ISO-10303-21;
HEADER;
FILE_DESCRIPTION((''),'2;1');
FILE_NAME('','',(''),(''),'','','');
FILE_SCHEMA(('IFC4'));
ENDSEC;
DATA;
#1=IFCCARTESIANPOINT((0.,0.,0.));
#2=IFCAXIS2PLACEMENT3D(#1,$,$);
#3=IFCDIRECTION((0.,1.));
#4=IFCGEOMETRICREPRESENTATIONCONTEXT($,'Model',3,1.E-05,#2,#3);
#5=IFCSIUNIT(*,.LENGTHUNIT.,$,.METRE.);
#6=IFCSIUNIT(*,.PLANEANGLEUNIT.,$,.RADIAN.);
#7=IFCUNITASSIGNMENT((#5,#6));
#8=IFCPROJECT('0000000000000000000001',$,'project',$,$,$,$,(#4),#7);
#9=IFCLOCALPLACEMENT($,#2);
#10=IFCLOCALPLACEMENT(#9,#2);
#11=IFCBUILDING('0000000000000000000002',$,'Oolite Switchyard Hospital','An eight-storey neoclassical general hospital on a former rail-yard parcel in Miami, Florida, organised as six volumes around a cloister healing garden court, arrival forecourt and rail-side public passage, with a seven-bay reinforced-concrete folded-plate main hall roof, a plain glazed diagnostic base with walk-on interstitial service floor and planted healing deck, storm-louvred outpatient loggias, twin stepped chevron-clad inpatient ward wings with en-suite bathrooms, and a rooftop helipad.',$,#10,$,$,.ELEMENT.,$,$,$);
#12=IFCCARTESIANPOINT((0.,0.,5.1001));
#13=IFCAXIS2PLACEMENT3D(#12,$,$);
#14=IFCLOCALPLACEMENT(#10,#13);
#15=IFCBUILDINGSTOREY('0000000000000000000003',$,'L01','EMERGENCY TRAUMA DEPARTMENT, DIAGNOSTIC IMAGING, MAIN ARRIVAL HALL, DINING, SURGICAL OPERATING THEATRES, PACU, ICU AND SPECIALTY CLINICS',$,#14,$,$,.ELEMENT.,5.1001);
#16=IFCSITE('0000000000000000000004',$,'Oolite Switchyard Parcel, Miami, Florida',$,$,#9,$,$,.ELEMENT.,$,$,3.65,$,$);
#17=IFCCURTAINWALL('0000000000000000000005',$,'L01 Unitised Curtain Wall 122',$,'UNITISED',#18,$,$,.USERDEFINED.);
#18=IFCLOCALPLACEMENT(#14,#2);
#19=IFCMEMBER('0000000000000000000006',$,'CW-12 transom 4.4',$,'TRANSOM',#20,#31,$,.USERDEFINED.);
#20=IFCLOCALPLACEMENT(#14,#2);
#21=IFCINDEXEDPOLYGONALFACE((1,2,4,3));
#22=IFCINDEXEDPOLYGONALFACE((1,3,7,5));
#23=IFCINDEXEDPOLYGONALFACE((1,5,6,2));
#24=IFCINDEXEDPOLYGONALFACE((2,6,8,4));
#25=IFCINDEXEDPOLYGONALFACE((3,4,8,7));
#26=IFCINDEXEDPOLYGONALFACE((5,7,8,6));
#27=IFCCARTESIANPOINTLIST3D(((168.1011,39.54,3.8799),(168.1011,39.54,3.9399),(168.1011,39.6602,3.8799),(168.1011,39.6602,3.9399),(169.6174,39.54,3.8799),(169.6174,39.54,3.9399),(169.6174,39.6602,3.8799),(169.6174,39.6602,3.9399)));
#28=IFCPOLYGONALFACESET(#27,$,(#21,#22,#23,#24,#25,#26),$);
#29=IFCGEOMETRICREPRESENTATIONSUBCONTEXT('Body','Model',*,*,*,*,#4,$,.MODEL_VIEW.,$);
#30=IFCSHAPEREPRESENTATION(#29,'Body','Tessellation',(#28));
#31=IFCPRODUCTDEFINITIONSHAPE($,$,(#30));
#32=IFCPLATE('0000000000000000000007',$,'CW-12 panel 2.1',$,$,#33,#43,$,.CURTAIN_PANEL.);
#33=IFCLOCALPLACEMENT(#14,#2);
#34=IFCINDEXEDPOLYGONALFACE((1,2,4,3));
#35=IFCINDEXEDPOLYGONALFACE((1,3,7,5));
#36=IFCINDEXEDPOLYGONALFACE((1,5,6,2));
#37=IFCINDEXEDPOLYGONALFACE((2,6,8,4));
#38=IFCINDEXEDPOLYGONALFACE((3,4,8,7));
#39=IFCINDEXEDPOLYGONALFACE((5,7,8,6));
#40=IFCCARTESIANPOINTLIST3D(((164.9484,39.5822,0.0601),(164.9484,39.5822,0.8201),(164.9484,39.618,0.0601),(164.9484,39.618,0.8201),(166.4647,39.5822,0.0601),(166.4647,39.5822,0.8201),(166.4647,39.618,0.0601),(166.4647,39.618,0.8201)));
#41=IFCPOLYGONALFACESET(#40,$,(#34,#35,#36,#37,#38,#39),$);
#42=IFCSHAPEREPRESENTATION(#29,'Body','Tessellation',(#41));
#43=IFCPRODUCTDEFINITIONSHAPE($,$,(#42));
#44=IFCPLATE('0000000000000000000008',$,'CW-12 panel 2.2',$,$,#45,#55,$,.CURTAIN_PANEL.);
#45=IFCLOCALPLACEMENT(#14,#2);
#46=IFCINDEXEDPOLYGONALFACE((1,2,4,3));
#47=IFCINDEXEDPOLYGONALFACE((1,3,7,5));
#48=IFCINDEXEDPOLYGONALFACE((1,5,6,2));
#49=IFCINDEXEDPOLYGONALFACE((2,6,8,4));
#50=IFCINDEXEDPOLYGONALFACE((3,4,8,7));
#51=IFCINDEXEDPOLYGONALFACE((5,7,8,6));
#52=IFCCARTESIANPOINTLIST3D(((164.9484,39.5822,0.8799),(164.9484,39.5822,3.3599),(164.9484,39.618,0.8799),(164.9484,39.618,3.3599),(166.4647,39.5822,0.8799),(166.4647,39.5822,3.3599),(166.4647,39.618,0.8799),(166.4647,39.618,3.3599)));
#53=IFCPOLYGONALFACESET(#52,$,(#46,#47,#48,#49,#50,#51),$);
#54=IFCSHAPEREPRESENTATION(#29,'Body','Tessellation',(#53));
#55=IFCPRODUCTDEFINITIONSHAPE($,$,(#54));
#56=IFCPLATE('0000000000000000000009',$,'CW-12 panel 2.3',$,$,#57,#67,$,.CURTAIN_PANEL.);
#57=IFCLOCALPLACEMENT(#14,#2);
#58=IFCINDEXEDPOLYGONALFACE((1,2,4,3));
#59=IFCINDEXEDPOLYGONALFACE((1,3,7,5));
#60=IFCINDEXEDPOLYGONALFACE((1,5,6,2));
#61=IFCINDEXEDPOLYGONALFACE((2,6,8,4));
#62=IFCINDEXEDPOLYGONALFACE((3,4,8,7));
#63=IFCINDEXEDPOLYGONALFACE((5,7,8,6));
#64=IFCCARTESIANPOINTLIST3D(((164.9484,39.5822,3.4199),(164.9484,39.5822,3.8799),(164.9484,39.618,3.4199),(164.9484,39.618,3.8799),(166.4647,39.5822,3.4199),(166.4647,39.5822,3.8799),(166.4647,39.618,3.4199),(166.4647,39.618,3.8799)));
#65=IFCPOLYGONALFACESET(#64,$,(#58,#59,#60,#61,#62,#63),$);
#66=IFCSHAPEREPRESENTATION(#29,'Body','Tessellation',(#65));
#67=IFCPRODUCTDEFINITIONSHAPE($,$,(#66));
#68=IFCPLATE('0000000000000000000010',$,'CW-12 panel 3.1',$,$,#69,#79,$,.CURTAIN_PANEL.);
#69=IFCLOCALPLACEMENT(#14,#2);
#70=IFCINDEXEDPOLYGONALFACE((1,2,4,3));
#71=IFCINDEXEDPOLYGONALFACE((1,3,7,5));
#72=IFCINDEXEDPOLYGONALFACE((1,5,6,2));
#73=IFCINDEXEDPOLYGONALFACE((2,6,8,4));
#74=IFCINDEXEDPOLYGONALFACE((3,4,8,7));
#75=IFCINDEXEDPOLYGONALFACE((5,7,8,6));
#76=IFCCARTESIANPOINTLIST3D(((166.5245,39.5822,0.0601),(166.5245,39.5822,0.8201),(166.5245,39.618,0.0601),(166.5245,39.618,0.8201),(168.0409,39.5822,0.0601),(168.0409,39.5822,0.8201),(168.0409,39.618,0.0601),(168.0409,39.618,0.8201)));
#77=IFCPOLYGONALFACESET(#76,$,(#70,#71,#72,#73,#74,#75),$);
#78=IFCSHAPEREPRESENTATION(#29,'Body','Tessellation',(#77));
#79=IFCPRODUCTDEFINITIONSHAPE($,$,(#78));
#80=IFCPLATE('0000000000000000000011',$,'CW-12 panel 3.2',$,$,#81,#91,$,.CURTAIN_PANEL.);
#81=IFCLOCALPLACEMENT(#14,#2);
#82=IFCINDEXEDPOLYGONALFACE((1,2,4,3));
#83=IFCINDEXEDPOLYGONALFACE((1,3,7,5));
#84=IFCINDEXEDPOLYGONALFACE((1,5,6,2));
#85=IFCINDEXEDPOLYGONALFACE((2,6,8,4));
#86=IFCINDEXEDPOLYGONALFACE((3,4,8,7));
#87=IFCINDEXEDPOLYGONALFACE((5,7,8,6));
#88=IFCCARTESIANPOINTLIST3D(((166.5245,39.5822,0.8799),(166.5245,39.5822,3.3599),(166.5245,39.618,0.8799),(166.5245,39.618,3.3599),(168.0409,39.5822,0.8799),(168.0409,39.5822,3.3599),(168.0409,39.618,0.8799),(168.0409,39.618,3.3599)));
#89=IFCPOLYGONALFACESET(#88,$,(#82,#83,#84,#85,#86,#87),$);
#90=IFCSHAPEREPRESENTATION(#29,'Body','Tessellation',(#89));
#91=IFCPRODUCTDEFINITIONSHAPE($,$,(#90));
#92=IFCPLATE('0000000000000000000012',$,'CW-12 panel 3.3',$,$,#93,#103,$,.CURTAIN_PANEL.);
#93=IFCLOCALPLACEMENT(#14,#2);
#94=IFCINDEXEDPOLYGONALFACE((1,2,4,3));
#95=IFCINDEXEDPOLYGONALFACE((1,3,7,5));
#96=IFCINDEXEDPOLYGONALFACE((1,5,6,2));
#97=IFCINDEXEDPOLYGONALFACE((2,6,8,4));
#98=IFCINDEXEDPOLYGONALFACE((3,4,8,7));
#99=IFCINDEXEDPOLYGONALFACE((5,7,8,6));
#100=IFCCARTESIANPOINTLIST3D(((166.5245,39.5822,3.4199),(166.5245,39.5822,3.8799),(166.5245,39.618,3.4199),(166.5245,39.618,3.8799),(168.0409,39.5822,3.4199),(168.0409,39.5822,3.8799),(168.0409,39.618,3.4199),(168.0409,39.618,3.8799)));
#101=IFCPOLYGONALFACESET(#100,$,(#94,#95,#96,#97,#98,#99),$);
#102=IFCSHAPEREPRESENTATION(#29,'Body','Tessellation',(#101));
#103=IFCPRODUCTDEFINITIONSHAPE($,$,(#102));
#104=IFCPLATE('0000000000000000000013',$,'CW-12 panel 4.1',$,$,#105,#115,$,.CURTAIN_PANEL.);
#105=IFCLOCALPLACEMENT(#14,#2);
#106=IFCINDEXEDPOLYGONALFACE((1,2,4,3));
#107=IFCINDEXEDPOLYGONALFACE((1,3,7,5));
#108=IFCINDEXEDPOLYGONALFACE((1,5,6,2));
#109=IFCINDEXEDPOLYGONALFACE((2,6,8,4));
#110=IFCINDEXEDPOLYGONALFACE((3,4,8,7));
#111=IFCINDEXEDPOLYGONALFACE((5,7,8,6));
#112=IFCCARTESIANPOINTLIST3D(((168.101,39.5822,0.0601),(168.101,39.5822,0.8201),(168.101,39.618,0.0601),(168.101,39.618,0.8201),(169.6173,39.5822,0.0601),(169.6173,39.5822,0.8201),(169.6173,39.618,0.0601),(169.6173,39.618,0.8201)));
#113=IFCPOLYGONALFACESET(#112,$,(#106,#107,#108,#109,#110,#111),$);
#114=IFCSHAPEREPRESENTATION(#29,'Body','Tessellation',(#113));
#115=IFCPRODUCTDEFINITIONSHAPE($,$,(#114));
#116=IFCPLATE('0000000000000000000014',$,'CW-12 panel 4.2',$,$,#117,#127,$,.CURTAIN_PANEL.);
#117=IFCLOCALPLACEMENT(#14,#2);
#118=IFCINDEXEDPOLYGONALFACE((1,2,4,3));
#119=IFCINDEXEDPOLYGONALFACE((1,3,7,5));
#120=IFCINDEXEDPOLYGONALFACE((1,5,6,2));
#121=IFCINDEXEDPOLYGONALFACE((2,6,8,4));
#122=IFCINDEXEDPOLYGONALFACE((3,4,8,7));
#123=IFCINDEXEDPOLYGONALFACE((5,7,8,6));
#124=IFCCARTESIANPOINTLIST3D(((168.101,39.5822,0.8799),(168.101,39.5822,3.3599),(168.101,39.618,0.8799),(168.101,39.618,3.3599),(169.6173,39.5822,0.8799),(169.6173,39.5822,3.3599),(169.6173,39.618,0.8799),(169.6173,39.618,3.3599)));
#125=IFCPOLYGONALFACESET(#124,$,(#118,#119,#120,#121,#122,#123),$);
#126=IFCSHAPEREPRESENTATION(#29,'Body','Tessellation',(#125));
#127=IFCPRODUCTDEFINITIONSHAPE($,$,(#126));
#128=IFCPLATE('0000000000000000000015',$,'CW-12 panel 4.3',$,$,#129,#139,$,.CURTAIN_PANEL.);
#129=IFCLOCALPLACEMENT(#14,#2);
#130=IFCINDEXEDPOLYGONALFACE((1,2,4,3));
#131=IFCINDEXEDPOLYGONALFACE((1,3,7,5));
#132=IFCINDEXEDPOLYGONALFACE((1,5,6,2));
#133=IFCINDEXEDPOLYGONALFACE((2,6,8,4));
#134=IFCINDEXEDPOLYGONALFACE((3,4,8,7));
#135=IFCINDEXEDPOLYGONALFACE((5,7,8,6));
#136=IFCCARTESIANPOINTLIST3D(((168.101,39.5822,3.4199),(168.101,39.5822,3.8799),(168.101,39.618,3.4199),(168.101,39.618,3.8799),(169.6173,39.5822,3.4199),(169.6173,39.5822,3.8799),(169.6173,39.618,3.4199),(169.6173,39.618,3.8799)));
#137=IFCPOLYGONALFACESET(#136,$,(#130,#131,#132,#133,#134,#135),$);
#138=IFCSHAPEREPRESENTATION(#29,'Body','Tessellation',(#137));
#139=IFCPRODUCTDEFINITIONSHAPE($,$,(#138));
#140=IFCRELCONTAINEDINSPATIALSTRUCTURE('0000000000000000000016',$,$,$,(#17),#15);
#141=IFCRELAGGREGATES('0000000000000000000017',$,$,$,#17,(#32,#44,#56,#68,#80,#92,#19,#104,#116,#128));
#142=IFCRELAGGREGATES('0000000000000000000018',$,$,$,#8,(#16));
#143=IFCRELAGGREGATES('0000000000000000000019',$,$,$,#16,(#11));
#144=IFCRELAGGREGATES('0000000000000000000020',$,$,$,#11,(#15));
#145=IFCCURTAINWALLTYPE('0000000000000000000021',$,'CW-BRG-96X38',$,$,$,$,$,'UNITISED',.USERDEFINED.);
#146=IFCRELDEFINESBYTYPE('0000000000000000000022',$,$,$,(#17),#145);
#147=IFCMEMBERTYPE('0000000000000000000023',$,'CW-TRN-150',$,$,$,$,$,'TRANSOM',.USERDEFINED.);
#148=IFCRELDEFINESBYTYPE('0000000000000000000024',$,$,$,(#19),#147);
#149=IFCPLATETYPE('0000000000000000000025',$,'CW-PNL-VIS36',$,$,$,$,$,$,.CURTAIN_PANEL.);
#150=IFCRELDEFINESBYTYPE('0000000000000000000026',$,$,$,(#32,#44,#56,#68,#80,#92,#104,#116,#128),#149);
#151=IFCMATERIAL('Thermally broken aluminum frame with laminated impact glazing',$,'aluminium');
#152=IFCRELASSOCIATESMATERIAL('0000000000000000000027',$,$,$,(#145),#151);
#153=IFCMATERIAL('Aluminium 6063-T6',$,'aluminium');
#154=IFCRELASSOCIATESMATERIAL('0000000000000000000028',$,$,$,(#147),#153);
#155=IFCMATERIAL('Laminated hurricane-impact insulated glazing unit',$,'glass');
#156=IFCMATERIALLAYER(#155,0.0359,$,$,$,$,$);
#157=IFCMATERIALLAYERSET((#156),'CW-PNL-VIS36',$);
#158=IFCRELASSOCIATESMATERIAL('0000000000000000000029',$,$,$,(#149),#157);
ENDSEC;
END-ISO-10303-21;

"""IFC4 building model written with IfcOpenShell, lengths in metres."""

from ifc_helpers import new_model, si_unit, direction, frame, origin, origin_2d, place, context, subcontext, project, spatial, rectangle, extrude, material, layer, layer_set, material_profile, profile_set, type_object, element, aggregate, save


model = new_model("IFC4")

# Units and contexts
model_context = context("Model", 3, precision=1e-05, world=origin(), true_north=direction((0.0, 1.0)))
body_context = subcontext(model_context, "Body", "Model", "MODEL_VIEW")
ifc_project = project(units=[si_unit("LENGTHUNIT", "METRE"), si_unit("PLANEANGLEUNIT", "RADIAN")], contexts=[model_context])

# Site, building, storey
site_placement = place(None, origin())
site = spatial("IfcSite", under=ifc_project, at=site_placement, Name="Oolite Switchyard Parcel, Miami, Florida", CompositionType="ELEMENT", RefElevation=3.65)
building_placement = place(site_placement, origin())
building = spatial("IfcBuilding", under=site, at=building_placement, Name="Oolite Switchyard Hospital", Description="An eight-storey neoclassical general hospital on a former rail-yard parcel in Miami, Florida, organised as six volumes around a cloister healing garden court, arrival forecourt and rail-side public passage, with a seven-bay reinforced-concrete folded-plate main hall roof, a plain glazed diagnostic base with walk-on interstitial service floor and planted healing deck, storm-louvred outpatient loggias, twin stepped chevron-clad inpatient ward wings with en-suite bathrooms, and a rooftop helipad.", CompositionType="ELEMENT")
storey_placement = place(building_placement, frame((0.0, 0.0, 5.1001)))
storey = spatial("IfcBuildingStorey", under=building, at=storey_placement, Name="L01", Description="EMERGENCY TRAUMA DEPARTMENT, DIAGNOSTIC IMAGING, MAIN ARRIVAL HALL, DINING, SURGICAL OPERATING THEATRES, PACU, ICU AND SPECIALTY CLINICS", CompositionType="ELEMENT", Elevation=5.1001)

# Curtain wall, member, plates
ifc_material_1 = material(Name="Thermally broken aluminum frame with laminated impact glazing", Category="aluminium")
curtain_wall_type = type_object("IfcCurtainWallType", Name="CW-BRG-96X38", ElementType="UNITISED", PredefinedType="USERDEFINED", material=ifc_material_1)
curtain_wall_placement = place(storey_placement, origin())
curtain_wall = element("IfcCurtainWall", 1, at=curtain_wall_placement, inside=storey, type_object=curtain_wall_type, Name="L01 Unitised Curtain Wall 122", ObjectType="UNITISED", PredefinedType="USERDEFINED")
ifc_material_2 = material(Name="Aluminium 6063-T6", Category="aluminium")
ifc_material_profile_1 = material_profile(ifc_material_2, rectangle(XDim=0.1201, YDim=0.0601, at=origin_2d()), Name="CWT60X120")
ifc_profile_set_1 = profile_set([ifc_material_profile_1], Name="Aluminium 6063-T6")
member_type_1 = type_object("IfcMemberType", Name="CW-TRN-150", ElementType="TRANSOM", PredefinedType="USERDEFINED", material=ifc_profile_set_1)
member_1_placement = place(storey_placement, frame((168.1011, 39.6001, 3.9099), z_axis=(1.0, 0.0, 0.0), x_axis=(0.0, 1.0, 0.0)))
member_1 = element("IfcMember", 2, at=member_1_placement, type_object=member_type_1, Name="CW-12 transom 4.4", ObjectType="TRANSOM", PredefinedType="USERDEFINED", context=body_context, shape_type="SweptSolid", body=[
    extrude(rectangle(XDim=0.1201, YDim=0.0601, at=origin_2d()), origin(), (0.0, 0.0, 1.0), 1.5164),
])
ifc_material_3 = material(Name="Laminated hurricane-impact insulated glazing unit", Category="glass")
ifc_layer = layer(ifc_material_3, 0.0359)
ifc_layer_set = layer_set([ifc_layer], Name="CW-PNL-VIS36")
plate_type = type_object("IfcPlateType", Name="CW-PNL-VIS36", PredefinedType="CURTAIN_PANEL", material=ifc_layer_set)
plate_1_placement = place(storey_placement, frame((165.7065, 39.6001, 0.0601), z_axis=(0.0, 0.0, 1.0), x_axis=(1.0, 0.0, 0.0)))
plate_1 = element("IfcPlate", 3, at=plate_1_placement, type_object=plate_type, Name="CW-12 panel 2.1", PredefinedType="CURTAIN_PANEL", context=body_context, shape_type="SweptSolid", body=[
    extrude(rectangle(XDim=1.5164, YDim=0.0359, at=origin_2d()), origin(), (0.0, 0.0, 1.0), 0.76),
])
plate_2_placement = place(storey_placement, frame((165.7065, 39.6001, 0.8799), z_axis=(0.0, 0.0, 1.0), x_axis=(1.0, 0.0, 0.0)))
plate_2 = element("IfcPlate", 4, at=plate_2_placement, type_object=plate_type, Name="CW-12 panel 2.2", PredefinedType="CURTAIN_PANEL", context=body_context, shape_type="SweptSolid", body=[
    extrude(rectangle(XDim=1.5164, YDim=0.0359, at=origin_2d()), origin(), (0.0, 0.0, 1.0), 2.48),
])
plate_3_placement = place(storey_placement, frame((165.7065, 39.6001, 3.4199), z_axis=(0.0, 0.0, 1.0), x_axis=(1.0, 0.0, 0.0)))
plate_3 = element("IfcPlate", 5, at=plate_3_placement, type_object=plate_type, Name="CW-12 panel 2.3", PredefinedType="CURTAIN_PANEL", context=body_context, shape_type="SweptSolid", body=[
    extrude(rectangle(XDim=1.5164, YDim=0.0359, at=origin_2d()), origin(), (0.0, 0.0, 1.0), 0.46),
])
plate_4_placement = place(storey_placement, frame((167.2827, 39.6001, 0.0601), z_axis=(0.0, 0.0, 1.0), x_axis=(1.0, 0.0, 0.0)))
plate_4 = element("IfcPlate", 6, at=plate_4_placement, type_object=plate_type, Name="CW-12 panel 3.1", PredefinedType="CURTAIN_PANEL", context=body_context, shape_type="SweptSolid", body=[
    extrude(rectangle(XDim=1.5164, YDim=0.0359, at=origin_2d()), origin(), (0.0, 0.0, 1.0), 0.76),
])
plate_5_placement = place(storey_placement, frame((167.2827, 39.6001, 0.8799), z_axis=(0.0, 0.0, 1.0), x_axis=(1.0, 0.0, 0.0)))
plate_5 = element("IfcPlate", 7, at=plate_5_placement, type_object=plate_type, Name="CW-12 panel 3.2", PredefinedType="CURTAIN_PANEL", context=body_context, shape_type="SweptSolid", body=[
    extrude(rectangle(XDim=1.5164, YDim=0.0359, at=origin_2d()), origin(), (0.0, 0.0, 1.0), 2.48),
])
plate_6_placement = place(storey_placement, frame((167.2827, 39.6001, 3.4199), z_axis=(0.0, 0.0, 1.0), x_axis=(1.0, 0.0, 0.0)))
plate_6 = element("IfcPlate", 8, at=plate_6_placement, type_object=plate_type, Name="CW-12 panel 3.3", PredefinedType="CURTAIN_PANEL", context=body_context, shape_type="SweptSolid", body=[
    extrude(rectangle(XDim=1.5164, YDim=0.0359, at=origin_2d()), origin(), (0.0, 0.0, 1.0), 0.46),
])
plate_7_placement = place(storey_placement, frame((168.8591, 39.6001, 0.0601), z_axis=(0.0, 0.0, 1.0), x_axis=(1.0, 0.0, 0.0)))
plate_7 = element("IfcPlate", 9, at=plate_7_placement, type_object=plate_type, Name="CW-12 panel 4.1", PredefinedType="CURTAIN_PANEL", context=body_context, shape_type="SweptSolid", body=[
    extrude(rectangle(XDim=1.5164, YDim=0.0359, at=origin_2d()), origin(), (0.0, 0.0, 1.0), 0.76),
])
plate_8_placement = place(storey_placement, frame((168.8591, 39.6001, 0.8799), z_axis=(0.0, 0.0, 1.0), x_axis=(1.0, 0.0, 0.0)))
plate_8 = element("IfcPlate", 10, at=plate_8_placement, type_object=plate_type, Name="CW-12 panel 4.2", PredefinedType="CURTAIN_PANEL", context=body_context, shape_type="SweptSolid", body=[
    extrude(rectangle(XDim=1.5164, YDim=0.0359, at=origin_2d()), origin(), (0.0, 0.0, 1.0), 2.48),
])
plate_9_placement = place(storey_placement, frame((168.8591, 39.6001, 3.4199), z_axis=(0.0, 0.0, 1.0), x_axis=(1.0, 0.0, 0.0)))
plate_9 = element("IfcPlate", 11, at=plate_9_placement, type_object=plate_type, Name="CW-12 panel 4.3", PredefinedType="CURTAIN_PANEL", context=body_context, shape_type="SweptSolid", body=[
    extrude(rectangle(XDim=1.5164, YDim=0.0359, at=origin_2d()), origin(), (0.0, 0.0, 1.0), 0.46),
])
aggregate(curtain_wall, [plate_1, plate_2, plate_3, plate_4, plate_5, plate_6, member_1, plate_7, plate_8, plate_9])

save(model, "model.ifc")
